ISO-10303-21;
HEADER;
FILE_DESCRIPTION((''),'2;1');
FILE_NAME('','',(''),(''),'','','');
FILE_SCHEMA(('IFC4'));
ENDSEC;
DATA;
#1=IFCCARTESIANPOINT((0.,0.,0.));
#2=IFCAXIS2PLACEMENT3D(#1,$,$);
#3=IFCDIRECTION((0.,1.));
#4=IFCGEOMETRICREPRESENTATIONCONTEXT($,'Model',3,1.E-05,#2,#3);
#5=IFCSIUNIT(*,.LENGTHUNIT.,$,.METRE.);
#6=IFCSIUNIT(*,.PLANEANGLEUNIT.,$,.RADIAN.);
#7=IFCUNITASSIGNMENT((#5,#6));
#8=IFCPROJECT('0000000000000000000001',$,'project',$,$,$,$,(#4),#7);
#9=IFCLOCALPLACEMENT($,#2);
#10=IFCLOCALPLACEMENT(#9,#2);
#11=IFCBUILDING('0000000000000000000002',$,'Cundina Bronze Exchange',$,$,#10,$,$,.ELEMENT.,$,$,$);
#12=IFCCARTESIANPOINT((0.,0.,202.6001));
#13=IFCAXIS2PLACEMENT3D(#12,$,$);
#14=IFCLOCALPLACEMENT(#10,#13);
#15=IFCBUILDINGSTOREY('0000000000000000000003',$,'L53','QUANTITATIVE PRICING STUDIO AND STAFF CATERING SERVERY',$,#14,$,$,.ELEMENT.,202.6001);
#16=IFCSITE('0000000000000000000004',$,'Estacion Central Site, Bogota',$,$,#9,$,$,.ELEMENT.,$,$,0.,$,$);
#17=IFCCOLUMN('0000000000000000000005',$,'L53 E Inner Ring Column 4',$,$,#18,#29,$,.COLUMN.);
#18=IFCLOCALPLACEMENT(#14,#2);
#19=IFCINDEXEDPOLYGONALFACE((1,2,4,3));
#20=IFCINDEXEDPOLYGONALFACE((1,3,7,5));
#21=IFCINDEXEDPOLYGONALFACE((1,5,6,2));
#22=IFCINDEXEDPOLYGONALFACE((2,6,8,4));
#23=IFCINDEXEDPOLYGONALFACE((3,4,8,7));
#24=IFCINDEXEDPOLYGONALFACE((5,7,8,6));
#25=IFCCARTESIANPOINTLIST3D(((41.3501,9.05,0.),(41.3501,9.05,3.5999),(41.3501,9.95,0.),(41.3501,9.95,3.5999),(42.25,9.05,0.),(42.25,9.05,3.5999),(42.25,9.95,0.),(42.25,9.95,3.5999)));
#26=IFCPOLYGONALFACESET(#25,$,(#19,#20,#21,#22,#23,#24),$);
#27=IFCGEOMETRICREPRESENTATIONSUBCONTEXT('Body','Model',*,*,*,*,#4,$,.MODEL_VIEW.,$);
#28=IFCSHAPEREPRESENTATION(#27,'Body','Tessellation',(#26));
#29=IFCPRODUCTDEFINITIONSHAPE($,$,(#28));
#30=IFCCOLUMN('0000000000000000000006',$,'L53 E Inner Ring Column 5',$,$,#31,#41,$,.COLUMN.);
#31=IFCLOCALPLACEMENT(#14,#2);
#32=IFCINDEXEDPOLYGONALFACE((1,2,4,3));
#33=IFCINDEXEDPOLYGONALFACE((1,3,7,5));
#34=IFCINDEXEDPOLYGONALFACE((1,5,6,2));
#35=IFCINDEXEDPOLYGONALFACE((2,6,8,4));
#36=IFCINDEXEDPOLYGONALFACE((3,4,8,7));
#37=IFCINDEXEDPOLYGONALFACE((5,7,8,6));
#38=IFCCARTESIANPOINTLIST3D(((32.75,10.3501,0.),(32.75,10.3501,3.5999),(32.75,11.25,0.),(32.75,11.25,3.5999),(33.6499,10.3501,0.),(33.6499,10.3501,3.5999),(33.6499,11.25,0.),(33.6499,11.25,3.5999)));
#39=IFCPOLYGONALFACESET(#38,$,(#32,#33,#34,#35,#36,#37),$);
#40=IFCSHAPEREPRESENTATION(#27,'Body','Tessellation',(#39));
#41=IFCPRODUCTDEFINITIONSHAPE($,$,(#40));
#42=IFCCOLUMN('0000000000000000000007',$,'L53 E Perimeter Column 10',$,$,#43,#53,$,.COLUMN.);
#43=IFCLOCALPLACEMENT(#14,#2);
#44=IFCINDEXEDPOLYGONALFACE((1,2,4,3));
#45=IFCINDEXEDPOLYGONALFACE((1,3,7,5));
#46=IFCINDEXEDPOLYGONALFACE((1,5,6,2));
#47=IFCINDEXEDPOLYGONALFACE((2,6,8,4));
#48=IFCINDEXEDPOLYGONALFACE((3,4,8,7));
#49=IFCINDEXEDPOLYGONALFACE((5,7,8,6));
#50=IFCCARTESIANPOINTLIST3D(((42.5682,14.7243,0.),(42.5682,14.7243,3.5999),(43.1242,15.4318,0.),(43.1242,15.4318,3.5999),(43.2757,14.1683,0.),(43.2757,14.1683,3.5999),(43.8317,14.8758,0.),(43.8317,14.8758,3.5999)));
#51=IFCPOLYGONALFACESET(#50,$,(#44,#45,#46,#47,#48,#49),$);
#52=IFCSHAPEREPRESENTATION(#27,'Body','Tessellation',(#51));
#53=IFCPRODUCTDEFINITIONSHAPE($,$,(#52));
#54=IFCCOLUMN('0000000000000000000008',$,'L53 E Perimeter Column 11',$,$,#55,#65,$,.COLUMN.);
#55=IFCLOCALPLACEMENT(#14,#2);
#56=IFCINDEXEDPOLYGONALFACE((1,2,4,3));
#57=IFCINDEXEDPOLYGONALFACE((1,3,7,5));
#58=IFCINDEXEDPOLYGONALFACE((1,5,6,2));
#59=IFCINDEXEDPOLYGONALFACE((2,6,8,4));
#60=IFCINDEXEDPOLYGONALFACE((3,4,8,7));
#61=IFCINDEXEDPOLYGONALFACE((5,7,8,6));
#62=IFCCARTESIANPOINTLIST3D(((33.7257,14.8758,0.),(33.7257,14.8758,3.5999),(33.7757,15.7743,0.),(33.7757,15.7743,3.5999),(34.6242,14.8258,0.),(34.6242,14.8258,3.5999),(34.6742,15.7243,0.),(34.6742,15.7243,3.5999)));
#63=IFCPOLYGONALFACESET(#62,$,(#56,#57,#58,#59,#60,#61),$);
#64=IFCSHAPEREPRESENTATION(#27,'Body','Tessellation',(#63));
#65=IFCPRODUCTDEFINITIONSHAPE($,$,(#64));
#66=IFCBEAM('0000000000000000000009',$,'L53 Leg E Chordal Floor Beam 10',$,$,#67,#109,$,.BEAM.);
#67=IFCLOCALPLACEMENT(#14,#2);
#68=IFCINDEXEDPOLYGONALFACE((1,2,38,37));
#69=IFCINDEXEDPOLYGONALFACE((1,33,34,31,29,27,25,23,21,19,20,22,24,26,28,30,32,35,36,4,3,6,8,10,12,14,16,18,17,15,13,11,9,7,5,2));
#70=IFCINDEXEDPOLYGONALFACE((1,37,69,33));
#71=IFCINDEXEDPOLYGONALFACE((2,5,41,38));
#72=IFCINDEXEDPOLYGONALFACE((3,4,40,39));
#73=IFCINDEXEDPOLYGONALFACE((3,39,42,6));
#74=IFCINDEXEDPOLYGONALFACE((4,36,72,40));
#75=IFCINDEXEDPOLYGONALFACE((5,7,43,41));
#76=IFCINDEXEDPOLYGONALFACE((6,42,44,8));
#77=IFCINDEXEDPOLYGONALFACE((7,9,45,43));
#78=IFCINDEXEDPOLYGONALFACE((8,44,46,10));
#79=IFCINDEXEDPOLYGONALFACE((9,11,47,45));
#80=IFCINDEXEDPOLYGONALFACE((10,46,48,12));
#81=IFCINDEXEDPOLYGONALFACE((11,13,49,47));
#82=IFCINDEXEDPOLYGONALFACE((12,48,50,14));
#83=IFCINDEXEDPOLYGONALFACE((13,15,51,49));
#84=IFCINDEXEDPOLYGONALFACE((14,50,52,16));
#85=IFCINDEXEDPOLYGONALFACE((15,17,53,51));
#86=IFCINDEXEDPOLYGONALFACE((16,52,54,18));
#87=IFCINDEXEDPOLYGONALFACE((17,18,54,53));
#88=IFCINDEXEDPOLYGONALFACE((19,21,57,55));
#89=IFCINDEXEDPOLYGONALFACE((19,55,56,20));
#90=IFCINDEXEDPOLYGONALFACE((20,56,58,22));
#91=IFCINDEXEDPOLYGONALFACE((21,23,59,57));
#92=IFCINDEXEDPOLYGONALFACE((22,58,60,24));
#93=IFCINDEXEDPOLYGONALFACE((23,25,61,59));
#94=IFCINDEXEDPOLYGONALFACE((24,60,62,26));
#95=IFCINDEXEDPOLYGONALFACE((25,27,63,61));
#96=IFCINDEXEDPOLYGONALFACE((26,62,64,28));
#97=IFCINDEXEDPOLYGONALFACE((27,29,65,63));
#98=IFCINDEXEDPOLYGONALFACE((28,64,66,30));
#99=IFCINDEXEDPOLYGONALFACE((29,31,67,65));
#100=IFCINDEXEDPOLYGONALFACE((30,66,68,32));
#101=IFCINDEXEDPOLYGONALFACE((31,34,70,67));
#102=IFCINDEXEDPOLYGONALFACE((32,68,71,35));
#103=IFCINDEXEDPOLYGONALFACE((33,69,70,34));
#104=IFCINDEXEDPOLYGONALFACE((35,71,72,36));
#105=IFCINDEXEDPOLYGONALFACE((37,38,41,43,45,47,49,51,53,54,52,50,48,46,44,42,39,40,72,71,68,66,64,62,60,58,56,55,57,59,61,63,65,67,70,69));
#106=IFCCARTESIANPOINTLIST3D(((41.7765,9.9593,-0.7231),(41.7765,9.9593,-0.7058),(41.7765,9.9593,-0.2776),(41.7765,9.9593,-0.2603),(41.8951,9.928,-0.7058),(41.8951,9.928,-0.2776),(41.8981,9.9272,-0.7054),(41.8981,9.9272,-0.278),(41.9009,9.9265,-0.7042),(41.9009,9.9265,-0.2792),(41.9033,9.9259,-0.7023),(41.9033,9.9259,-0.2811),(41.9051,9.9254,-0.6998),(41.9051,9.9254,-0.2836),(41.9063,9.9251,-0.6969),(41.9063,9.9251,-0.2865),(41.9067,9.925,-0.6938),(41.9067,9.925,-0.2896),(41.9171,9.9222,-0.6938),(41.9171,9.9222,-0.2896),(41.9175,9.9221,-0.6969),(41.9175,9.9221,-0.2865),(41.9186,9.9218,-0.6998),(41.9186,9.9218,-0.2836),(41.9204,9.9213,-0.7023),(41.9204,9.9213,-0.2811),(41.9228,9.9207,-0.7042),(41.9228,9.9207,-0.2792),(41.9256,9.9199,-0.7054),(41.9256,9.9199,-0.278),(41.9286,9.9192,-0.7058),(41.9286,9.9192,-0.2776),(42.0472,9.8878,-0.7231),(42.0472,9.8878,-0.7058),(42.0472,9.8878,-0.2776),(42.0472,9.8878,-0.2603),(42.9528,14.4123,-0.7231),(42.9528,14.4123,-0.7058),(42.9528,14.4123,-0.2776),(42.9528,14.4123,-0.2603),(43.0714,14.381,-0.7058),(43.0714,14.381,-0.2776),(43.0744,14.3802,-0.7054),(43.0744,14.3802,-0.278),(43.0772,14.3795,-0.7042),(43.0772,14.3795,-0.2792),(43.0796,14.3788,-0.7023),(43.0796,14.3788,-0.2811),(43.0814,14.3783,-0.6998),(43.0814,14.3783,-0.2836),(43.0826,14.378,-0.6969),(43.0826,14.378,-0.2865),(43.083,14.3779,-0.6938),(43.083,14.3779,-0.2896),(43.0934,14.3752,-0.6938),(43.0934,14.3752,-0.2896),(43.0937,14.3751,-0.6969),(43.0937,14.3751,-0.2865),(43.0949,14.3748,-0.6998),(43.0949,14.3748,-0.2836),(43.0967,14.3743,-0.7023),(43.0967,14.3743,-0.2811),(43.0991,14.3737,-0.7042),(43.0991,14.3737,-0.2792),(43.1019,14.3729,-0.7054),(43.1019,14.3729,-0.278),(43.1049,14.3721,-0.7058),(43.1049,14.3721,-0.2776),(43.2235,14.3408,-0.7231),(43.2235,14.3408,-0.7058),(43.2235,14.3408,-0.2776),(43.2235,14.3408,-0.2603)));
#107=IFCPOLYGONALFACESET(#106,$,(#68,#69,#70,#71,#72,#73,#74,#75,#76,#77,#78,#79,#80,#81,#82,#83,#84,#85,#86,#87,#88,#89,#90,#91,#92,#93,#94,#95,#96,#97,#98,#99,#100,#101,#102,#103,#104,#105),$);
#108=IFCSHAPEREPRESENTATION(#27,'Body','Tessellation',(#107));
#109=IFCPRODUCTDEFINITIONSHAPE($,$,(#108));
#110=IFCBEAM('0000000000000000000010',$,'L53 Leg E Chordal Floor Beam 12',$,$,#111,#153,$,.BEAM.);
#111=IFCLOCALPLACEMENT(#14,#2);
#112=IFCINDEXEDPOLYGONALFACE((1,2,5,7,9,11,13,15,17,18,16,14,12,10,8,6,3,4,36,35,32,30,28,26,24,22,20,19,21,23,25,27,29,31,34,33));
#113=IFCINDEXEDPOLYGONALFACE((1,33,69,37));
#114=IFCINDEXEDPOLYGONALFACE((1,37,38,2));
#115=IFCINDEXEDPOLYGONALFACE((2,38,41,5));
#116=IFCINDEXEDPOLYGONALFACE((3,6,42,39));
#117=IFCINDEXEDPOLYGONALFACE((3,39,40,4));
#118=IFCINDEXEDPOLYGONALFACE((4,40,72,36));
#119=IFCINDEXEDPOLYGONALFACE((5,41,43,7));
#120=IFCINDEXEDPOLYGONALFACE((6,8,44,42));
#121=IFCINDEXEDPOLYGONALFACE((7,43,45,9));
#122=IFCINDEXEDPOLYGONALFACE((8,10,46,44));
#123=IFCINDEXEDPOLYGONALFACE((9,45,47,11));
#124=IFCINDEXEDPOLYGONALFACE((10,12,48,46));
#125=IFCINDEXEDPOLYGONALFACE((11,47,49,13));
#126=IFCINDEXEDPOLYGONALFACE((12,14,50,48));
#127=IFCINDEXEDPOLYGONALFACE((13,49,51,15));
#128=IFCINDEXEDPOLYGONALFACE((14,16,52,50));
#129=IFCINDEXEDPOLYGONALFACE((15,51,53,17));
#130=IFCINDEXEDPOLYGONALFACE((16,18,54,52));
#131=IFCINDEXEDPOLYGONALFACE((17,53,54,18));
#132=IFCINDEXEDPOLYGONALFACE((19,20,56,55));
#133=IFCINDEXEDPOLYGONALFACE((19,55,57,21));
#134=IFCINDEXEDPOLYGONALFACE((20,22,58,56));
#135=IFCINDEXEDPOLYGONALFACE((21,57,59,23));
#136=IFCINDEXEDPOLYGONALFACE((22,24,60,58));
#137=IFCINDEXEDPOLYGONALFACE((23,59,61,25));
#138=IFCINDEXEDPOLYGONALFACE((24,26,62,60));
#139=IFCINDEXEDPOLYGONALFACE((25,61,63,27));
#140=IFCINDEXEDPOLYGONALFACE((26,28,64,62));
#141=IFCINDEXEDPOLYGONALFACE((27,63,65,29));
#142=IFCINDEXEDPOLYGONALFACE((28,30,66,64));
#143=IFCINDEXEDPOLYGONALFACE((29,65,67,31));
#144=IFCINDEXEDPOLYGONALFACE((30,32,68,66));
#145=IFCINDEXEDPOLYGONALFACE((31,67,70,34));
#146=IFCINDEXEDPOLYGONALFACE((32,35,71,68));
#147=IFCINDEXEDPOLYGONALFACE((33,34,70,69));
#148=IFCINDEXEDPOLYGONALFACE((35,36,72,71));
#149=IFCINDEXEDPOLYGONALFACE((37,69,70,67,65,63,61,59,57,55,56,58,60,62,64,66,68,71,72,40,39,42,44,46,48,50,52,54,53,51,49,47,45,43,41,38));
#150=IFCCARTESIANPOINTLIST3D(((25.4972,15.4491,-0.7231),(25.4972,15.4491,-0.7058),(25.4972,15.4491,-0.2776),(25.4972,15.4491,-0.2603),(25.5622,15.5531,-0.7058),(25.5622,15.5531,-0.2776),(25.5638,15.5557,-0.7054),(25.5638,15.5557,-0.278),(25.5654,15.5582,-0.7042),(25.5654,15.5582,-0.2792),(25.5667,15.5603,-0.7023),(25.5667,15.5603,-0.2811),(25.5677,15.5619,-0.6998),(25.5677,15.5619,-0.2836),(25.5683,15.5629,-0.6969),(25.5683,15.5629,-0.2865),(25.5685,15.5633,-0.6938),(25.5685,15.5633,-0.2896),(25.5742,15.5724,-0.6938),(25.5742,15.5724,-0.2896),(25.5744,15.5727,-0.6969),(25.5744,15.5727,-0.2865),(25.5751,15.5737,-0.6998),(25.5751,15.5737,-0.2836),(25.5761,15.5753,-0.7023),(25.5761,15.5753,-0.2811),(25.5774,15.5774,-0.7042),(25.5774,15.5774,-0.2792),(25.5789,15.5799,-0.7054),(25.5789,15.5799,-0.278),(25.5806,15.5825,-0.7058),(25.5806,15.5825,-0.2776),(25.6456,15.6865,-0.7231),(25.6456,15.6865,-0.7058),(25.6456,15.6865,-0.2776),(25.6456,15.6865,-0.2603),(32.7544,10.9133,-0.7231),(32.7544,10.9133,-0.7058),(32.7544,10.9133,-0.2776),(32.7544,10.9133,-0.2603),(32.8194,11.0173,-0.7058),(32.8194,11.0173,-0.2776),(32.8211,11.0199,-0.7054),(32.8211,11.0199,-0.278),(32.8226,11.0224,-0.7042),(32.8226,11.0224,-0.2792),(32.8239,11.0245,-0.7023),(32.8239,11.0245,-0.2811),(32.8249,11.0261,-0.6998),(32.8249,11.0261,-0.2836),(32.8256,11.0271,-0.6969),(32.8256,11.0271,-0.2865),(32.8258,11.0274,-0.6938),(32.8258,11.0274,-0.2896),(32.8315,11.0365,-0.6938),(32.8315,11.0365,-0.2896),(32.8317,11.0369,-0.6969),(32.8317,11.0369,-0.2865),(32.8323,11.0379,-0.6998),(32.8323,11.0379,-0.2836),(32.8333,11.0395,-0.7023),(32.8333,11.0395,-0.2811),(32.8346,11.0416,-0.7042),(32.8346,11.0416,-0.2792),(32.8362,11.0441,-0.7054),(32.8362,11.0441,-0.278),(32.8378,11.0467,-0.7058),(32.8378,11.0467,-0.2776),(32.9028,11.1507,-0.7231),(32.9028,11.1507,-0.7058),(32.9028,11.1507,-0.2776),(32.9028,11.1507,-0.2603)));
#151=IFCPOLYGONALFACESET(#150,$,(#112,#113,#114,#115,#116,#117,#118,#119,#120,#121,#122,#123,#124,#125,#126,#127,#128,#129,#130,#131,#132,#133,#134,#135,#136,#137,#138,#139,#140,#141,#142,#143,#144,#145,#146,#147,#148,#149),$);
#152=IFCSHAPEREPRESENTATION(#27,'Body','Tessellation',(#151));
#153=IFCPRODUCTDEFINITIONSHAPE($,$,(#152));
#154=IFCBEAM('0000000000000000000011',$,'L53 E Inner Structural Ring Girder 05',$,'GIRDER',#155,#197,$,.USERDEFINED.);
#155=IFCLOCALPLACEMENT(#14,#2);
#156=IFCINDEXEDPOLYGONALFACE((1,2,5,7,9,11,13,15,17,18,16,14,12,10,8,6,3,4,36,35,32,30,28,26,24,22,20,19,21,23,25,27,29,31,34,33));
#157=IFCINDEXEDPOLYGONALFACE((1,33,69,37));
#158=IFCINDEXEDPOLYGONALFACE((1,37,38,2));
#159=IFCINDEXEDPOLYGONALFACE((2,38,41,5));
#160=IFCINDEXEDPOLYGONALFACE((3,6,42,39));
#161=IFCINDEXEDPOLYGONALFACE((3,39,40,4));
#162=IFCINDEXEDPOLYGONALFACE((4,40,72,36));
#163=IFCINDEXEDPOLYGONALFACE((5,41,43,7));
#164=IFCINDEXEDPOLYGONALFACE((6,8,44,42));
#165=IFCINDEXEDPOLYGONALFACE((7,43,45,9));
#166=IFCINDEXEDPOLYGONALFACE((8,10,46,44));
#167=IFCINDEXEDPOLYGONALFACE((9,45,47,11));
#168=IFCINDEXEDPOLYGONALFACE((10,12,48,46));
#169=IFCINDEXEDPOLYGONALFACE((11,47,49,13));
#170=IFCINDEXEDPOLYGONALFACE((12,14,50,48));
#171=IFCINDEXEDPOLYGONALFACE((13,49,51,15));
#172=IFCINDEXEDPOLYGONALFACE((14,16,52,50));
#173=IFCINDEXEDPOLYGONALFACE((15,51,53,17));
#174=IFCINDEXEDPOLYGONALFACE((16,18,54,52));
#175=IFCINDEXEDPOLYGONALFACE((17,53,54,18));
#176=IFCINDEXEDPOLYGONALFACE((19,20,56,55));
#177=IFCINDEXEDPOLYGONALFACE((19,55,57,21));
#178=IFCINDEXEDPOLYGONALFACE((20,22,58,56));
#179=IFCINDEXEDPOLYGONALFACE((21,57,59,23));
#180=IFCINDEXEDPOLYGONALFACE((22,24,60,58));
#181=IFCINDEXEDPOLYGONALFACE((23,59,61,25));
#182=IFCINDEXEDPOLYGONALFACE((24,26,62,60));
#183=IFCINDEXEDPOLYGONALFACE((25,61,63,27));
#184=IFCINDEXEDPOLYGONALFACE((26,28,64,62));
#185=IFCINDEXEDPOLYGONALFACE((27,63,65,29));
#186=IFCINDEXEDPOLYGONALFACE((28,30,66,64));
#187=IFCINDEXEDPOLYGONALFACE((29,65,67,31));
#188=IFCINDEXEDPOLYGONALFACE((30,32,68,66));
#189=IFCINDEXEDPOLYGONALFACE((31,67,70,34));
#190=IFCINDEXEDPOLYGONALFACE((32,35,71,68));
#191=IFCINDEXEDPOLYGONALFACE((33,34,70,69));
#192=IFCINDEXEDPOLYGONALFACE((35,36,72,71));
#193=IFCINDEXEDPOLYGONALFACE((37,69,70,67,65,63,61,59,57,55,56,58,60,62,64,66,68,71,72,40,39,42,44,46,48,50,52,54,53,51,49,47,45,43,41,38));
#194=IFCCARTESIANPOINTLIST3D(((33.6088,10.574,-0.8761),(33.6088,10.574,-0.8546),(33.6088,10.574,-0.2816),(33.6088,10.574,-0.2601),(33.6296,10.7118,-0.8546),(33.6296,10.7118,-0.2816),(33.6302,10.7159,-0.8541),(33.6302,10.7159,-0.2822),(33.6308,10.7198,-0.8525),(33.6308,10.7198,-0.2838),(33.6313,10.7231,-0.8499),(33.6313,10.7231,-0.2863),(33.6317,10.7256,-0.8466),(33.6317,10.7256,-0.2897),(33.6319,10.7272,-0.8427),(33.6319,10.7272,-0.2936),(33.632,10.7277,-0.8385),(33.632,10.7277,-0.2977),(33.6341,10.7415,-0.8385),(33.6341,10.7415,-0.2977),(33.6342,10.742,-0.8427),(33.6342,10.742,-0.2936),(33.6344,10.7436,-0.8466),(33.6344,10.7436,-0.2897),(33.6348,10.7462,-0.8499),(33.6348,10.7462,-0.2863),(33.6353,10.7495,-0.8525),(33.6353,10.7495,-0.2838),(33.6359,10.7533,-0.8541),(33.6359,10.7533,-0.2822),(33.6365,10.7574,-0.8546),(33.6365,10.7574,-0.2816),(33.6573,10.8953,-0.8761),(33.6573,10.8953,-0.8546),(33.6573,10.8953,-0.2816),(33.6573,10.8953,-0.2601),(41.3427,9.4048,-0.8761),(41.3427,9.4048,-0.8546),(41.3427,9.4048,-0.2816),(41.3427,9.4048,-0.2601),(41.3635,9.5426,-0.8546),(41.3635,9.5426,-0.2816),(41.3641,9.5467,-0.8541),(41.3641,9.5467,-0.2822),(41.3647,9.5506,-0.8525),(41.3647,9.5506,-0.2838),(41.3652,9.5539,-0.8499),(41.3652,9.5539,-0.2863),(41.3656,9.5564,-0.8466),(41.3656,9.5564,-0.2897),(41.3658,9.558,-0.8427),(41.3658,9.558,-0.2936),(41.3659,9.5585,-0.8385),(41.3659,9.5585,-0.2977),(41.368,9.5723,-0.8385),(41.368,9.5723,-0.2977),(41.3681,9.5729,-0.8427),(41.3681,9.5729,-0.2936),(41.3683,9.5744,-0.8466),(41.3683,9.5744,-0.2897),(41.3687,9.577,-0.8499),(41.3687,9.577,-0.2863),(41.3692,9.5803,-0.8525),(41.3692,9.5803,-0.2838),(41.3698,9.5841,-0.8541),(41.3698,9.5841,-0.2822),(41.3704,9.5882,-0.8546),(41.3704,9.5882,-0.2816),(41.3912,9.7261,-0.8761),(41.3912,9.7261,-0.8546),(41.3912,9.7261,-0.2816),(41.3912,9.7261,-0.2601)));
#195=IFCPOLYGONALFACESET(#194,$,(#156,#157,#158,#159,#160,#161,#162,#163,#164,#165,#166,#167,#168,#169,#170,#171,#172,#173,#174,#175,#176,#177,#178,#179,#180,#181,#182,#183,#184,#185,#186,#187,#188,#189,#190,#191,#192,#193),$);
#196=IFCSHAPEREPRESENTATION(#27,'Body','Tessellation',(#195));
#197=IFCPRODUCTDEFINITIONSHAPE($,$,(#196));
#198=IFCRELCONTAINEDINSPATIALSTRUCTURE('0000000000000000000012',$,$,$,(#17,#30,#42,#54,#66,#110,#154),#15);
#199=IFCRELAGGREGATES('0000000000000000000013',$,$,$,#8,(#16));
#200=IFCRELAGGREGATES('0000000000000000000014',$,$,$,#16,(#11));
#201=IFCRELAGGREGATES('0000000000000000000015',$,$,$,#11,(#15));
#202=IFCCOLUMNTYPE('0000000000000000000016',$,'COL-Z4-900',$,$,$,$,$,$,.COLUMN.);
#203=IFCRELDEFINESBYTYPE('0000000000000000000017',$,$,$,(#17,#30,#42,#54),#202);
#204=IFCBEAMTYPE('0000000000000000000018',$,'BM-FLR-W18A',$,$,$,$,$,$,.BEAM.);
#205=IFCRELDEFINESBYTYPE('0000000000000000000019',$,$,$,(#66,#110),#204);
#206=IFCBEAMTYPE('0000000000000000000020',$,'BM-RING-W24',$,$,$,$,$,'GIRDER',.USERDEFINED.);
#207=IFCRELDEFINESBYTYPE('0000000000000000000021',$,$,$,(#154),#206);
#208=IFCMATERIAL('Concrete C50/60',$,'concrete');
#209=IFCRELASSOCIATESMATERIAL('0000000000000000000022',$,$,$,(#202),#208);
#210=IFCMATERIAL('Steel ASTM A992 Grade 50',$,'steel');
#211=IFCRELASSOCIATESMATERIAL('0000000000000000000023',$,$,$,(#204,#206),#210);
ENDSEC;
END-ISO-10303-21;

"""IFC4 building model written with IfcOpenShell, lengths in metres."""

from ifc_helpers import new_model, si_unit, direction, frame, origin, origin_2d, place, context, subcontext, project, spatial, rectangle, i_section, extrude, material, material_profile, profile_set, type_object, element, save


model = new_model("IFC4")

# Units and contexts
model_context = context("Model", 3, precision=1e-05, world=origin(), true_north=direction((0.0, 1.0)))
body_context = subcontext(model_context, "Body", "Model", "MODEL_VIEW")
ifc_project = project(units=[si_unit("LENGTHUNIT", "METRE"), si_unit("PLANEANGLEUNIT", "RADIAN")], contexts=[model_context])

# Site, building, storey
site_placement = place(None, origin())
site = spatial("IfcSite", under=ifc_project, at=site_placement, Name="Estacion Central Site, Bogota", CompositionType="ELEMENT", RefElevation=0.0)
building_placement = place(site_placement, origin())
building = spatial("IfcBuilding", under=site, at=building_placement, Name="Cundina Bronze Exchange", CompositionType="ELEMENT")
storey_placement = place(building_placement, frame((0.0, 0.0, 202.6001)))
storey = spatial("IfcBuildingStorey", under=building, at=storey_placement, Name="L53", Description="QUANTITATIVE PRICING STUDIO AND STAFF CATERING SERVERY", CompositionType="ELEMENT", Elevation=202.6001)

# Columns
ifc_material_1 = material(Name="Concrete C50/60", Category="concrete")
ifc_material_profile_1 = material_profile(ifc_material_1, rectangle(XDim=0.8999, YDim=0.8999, at=origin_2d()), Name="RC900X900", Category="concrete")
ifc_profile_set_1 = profile_set([ifc_material_profile_1], Name="Concrete C50/60")
column_type = type_object("IfcColumnType", Name="COL-Z4-900", PredefinedType="COLUMN", material=ifc_profile_set_1)
for number, where, z_axis, x_axis, name in (
    (1, (41.8, 9.5, 0.0), (0.0, 0.0, 1.0), (1.0, 0.0, 0.0), "L53 E Inner Ring Column 4"),
    (2, (33.2, 10.8, 0.0), (0.0, 0.0, 1.0), (1.0, 0.0, 0.0), "L53 E Inner Ring Column 5"),
    (3, (43.2, 14.8, 0.0), (0.0, 0.0, 1.0), (-0.786288, 0.61786, 0.0), "L53 E Perimeter Column 10"),
    (4, (34.2, 15.3, 0.0), (0.0, 0.0, 1.0), (-0.99846, 0.055473, 0.0), "L53 E Perimeter Column 11"),
):
    element("IfcColumn", number, at=place(storey_placement, frame(where, z_axis=z_axis, x_axis=x_axis)), inside=storey, type_object=column_type, Name=name, PredefinedType="COLUMN", context=body_context, shape_type="SweptSolid", body=[
        extrude(rectangle(XDim=0.8999, YDim=0.8999, at=origin_2d()), origin(), (0.0, 0.0, 1.0), 3.5999),
    ])

# Beams
ifc_material_2 = material(Name="Steel ASTM A992 Grade 50", Category="steel")
ifc_material_profile_2 = material_profile(ifc_material_2, i_section(OverallWidth=0.28, OverallDepth=0.4629, WebThickness=0.0107, FlangeThickness=0.0173, FilletRadius=0.012, at=origin_2d()), Name="W18X76", Category="steel")
ifc_profile_set_2 = profile_set([ifc_material_profile_2], Name="Steel ASTM A992 Grade 50")
beam_type_1 = type_object("IfcBeamType", Name="BM-FLR-W18A", PredefinedType="BEAM", material=ifc_profile_set_2)
beam_1_placement = place(storey_placement, frame((41.9119, 9.9236, -0.4917), z_axis=(0.255399, 0.966836, 0.0), x_axis=(-0.966836, 0.255399, 0.0)))
element("IfcBeam", 5, at=beam_1_placement, inside=storey, type_object=beam_type_1, Name="L53 Leg E Chordal Floor Beam 10", PredefinedType="BEAM", context=body_context, shape_type="SweptSolid", body=[
    extrude(i_section(OverallWidth=0.28, OverallDepth=0.4629, WebThickness=0.0107, FlangeThickness=0.0173, FilletRadius=0.012, at=origin_2d()), origin(), (0.0, 0.0, 1.0), 4.6057),
])
beam_2_placement = place(storey_placement, frame((32.8286, 11.032, -0.4917), z_axis=(-0.847995, 0.530004, 0.0), x_axis=(-0.530004, -0.847995, 0.0)))
element("IfcBeam", 6, at=beam_2_placement, inside=storey, type_object=beam_type_1, Name="L53 Leg E Chordal Floor Beam 12", PredefinedType="BEAM", context=body_context, shape_type="SweptSolid", body=[
    extrude(i_section(OverallWidth=0.28, OverallDepth=0.4629, WebThickness=0.0107, FlangeThickness=0.0173, FilletRadius=0.012, at=origin_2d()), origin(), (0.0, 0.0, 1.0), 8.5581),
])
ifc_material_profile_3 = material_profile(ifc_material_2, i_section(OverallWidth=0.325, OverallDepth=0.616, WebThickness=0.0139, FlangeThickness=0.0215, FilletRadius=0.0161, at=origin_2d()), Name="W24X117", Category="steel")
ifc_profile_set_3 = profile_set([ifc_material_profile_3], Name="Steel ASTM A992 Grade 50")
beam_type_2 = type_object("IfcBeamType", Name="BM-RING-W24", ElementType="GIRDER", PredefinedType="USERDEFINED", material=ifc_profile_set_3)
beam_3_placement = place(storey_placement, frame((41.3669, 9.5654, -0.5681), z_axis=(-0.988765, 0.149479, 0.0), x_axis=(-0.149479, -0.988765, 0.0)))
element("IfcBeam", 7, at=beam_3_placement, inside=storey, type_object=beam_type_2, Name="L53 E Inner Structural Ring Girder 05", ObjectType="GIRDER", PredefinedType="USERDEFINED", context=body_context, shape_type="SweptSolid", body=[
    extrude(i_section(OverallWidth=0.325, OverallDepth=0.616, WebThickness=0.0139, FlangeThickness=0.0215, FilletRadius=0.0161, at=origin_2d()), origin(), (0.0, 0.0, 1.0), 7.8218),
])

save(model, "model.ifc")
